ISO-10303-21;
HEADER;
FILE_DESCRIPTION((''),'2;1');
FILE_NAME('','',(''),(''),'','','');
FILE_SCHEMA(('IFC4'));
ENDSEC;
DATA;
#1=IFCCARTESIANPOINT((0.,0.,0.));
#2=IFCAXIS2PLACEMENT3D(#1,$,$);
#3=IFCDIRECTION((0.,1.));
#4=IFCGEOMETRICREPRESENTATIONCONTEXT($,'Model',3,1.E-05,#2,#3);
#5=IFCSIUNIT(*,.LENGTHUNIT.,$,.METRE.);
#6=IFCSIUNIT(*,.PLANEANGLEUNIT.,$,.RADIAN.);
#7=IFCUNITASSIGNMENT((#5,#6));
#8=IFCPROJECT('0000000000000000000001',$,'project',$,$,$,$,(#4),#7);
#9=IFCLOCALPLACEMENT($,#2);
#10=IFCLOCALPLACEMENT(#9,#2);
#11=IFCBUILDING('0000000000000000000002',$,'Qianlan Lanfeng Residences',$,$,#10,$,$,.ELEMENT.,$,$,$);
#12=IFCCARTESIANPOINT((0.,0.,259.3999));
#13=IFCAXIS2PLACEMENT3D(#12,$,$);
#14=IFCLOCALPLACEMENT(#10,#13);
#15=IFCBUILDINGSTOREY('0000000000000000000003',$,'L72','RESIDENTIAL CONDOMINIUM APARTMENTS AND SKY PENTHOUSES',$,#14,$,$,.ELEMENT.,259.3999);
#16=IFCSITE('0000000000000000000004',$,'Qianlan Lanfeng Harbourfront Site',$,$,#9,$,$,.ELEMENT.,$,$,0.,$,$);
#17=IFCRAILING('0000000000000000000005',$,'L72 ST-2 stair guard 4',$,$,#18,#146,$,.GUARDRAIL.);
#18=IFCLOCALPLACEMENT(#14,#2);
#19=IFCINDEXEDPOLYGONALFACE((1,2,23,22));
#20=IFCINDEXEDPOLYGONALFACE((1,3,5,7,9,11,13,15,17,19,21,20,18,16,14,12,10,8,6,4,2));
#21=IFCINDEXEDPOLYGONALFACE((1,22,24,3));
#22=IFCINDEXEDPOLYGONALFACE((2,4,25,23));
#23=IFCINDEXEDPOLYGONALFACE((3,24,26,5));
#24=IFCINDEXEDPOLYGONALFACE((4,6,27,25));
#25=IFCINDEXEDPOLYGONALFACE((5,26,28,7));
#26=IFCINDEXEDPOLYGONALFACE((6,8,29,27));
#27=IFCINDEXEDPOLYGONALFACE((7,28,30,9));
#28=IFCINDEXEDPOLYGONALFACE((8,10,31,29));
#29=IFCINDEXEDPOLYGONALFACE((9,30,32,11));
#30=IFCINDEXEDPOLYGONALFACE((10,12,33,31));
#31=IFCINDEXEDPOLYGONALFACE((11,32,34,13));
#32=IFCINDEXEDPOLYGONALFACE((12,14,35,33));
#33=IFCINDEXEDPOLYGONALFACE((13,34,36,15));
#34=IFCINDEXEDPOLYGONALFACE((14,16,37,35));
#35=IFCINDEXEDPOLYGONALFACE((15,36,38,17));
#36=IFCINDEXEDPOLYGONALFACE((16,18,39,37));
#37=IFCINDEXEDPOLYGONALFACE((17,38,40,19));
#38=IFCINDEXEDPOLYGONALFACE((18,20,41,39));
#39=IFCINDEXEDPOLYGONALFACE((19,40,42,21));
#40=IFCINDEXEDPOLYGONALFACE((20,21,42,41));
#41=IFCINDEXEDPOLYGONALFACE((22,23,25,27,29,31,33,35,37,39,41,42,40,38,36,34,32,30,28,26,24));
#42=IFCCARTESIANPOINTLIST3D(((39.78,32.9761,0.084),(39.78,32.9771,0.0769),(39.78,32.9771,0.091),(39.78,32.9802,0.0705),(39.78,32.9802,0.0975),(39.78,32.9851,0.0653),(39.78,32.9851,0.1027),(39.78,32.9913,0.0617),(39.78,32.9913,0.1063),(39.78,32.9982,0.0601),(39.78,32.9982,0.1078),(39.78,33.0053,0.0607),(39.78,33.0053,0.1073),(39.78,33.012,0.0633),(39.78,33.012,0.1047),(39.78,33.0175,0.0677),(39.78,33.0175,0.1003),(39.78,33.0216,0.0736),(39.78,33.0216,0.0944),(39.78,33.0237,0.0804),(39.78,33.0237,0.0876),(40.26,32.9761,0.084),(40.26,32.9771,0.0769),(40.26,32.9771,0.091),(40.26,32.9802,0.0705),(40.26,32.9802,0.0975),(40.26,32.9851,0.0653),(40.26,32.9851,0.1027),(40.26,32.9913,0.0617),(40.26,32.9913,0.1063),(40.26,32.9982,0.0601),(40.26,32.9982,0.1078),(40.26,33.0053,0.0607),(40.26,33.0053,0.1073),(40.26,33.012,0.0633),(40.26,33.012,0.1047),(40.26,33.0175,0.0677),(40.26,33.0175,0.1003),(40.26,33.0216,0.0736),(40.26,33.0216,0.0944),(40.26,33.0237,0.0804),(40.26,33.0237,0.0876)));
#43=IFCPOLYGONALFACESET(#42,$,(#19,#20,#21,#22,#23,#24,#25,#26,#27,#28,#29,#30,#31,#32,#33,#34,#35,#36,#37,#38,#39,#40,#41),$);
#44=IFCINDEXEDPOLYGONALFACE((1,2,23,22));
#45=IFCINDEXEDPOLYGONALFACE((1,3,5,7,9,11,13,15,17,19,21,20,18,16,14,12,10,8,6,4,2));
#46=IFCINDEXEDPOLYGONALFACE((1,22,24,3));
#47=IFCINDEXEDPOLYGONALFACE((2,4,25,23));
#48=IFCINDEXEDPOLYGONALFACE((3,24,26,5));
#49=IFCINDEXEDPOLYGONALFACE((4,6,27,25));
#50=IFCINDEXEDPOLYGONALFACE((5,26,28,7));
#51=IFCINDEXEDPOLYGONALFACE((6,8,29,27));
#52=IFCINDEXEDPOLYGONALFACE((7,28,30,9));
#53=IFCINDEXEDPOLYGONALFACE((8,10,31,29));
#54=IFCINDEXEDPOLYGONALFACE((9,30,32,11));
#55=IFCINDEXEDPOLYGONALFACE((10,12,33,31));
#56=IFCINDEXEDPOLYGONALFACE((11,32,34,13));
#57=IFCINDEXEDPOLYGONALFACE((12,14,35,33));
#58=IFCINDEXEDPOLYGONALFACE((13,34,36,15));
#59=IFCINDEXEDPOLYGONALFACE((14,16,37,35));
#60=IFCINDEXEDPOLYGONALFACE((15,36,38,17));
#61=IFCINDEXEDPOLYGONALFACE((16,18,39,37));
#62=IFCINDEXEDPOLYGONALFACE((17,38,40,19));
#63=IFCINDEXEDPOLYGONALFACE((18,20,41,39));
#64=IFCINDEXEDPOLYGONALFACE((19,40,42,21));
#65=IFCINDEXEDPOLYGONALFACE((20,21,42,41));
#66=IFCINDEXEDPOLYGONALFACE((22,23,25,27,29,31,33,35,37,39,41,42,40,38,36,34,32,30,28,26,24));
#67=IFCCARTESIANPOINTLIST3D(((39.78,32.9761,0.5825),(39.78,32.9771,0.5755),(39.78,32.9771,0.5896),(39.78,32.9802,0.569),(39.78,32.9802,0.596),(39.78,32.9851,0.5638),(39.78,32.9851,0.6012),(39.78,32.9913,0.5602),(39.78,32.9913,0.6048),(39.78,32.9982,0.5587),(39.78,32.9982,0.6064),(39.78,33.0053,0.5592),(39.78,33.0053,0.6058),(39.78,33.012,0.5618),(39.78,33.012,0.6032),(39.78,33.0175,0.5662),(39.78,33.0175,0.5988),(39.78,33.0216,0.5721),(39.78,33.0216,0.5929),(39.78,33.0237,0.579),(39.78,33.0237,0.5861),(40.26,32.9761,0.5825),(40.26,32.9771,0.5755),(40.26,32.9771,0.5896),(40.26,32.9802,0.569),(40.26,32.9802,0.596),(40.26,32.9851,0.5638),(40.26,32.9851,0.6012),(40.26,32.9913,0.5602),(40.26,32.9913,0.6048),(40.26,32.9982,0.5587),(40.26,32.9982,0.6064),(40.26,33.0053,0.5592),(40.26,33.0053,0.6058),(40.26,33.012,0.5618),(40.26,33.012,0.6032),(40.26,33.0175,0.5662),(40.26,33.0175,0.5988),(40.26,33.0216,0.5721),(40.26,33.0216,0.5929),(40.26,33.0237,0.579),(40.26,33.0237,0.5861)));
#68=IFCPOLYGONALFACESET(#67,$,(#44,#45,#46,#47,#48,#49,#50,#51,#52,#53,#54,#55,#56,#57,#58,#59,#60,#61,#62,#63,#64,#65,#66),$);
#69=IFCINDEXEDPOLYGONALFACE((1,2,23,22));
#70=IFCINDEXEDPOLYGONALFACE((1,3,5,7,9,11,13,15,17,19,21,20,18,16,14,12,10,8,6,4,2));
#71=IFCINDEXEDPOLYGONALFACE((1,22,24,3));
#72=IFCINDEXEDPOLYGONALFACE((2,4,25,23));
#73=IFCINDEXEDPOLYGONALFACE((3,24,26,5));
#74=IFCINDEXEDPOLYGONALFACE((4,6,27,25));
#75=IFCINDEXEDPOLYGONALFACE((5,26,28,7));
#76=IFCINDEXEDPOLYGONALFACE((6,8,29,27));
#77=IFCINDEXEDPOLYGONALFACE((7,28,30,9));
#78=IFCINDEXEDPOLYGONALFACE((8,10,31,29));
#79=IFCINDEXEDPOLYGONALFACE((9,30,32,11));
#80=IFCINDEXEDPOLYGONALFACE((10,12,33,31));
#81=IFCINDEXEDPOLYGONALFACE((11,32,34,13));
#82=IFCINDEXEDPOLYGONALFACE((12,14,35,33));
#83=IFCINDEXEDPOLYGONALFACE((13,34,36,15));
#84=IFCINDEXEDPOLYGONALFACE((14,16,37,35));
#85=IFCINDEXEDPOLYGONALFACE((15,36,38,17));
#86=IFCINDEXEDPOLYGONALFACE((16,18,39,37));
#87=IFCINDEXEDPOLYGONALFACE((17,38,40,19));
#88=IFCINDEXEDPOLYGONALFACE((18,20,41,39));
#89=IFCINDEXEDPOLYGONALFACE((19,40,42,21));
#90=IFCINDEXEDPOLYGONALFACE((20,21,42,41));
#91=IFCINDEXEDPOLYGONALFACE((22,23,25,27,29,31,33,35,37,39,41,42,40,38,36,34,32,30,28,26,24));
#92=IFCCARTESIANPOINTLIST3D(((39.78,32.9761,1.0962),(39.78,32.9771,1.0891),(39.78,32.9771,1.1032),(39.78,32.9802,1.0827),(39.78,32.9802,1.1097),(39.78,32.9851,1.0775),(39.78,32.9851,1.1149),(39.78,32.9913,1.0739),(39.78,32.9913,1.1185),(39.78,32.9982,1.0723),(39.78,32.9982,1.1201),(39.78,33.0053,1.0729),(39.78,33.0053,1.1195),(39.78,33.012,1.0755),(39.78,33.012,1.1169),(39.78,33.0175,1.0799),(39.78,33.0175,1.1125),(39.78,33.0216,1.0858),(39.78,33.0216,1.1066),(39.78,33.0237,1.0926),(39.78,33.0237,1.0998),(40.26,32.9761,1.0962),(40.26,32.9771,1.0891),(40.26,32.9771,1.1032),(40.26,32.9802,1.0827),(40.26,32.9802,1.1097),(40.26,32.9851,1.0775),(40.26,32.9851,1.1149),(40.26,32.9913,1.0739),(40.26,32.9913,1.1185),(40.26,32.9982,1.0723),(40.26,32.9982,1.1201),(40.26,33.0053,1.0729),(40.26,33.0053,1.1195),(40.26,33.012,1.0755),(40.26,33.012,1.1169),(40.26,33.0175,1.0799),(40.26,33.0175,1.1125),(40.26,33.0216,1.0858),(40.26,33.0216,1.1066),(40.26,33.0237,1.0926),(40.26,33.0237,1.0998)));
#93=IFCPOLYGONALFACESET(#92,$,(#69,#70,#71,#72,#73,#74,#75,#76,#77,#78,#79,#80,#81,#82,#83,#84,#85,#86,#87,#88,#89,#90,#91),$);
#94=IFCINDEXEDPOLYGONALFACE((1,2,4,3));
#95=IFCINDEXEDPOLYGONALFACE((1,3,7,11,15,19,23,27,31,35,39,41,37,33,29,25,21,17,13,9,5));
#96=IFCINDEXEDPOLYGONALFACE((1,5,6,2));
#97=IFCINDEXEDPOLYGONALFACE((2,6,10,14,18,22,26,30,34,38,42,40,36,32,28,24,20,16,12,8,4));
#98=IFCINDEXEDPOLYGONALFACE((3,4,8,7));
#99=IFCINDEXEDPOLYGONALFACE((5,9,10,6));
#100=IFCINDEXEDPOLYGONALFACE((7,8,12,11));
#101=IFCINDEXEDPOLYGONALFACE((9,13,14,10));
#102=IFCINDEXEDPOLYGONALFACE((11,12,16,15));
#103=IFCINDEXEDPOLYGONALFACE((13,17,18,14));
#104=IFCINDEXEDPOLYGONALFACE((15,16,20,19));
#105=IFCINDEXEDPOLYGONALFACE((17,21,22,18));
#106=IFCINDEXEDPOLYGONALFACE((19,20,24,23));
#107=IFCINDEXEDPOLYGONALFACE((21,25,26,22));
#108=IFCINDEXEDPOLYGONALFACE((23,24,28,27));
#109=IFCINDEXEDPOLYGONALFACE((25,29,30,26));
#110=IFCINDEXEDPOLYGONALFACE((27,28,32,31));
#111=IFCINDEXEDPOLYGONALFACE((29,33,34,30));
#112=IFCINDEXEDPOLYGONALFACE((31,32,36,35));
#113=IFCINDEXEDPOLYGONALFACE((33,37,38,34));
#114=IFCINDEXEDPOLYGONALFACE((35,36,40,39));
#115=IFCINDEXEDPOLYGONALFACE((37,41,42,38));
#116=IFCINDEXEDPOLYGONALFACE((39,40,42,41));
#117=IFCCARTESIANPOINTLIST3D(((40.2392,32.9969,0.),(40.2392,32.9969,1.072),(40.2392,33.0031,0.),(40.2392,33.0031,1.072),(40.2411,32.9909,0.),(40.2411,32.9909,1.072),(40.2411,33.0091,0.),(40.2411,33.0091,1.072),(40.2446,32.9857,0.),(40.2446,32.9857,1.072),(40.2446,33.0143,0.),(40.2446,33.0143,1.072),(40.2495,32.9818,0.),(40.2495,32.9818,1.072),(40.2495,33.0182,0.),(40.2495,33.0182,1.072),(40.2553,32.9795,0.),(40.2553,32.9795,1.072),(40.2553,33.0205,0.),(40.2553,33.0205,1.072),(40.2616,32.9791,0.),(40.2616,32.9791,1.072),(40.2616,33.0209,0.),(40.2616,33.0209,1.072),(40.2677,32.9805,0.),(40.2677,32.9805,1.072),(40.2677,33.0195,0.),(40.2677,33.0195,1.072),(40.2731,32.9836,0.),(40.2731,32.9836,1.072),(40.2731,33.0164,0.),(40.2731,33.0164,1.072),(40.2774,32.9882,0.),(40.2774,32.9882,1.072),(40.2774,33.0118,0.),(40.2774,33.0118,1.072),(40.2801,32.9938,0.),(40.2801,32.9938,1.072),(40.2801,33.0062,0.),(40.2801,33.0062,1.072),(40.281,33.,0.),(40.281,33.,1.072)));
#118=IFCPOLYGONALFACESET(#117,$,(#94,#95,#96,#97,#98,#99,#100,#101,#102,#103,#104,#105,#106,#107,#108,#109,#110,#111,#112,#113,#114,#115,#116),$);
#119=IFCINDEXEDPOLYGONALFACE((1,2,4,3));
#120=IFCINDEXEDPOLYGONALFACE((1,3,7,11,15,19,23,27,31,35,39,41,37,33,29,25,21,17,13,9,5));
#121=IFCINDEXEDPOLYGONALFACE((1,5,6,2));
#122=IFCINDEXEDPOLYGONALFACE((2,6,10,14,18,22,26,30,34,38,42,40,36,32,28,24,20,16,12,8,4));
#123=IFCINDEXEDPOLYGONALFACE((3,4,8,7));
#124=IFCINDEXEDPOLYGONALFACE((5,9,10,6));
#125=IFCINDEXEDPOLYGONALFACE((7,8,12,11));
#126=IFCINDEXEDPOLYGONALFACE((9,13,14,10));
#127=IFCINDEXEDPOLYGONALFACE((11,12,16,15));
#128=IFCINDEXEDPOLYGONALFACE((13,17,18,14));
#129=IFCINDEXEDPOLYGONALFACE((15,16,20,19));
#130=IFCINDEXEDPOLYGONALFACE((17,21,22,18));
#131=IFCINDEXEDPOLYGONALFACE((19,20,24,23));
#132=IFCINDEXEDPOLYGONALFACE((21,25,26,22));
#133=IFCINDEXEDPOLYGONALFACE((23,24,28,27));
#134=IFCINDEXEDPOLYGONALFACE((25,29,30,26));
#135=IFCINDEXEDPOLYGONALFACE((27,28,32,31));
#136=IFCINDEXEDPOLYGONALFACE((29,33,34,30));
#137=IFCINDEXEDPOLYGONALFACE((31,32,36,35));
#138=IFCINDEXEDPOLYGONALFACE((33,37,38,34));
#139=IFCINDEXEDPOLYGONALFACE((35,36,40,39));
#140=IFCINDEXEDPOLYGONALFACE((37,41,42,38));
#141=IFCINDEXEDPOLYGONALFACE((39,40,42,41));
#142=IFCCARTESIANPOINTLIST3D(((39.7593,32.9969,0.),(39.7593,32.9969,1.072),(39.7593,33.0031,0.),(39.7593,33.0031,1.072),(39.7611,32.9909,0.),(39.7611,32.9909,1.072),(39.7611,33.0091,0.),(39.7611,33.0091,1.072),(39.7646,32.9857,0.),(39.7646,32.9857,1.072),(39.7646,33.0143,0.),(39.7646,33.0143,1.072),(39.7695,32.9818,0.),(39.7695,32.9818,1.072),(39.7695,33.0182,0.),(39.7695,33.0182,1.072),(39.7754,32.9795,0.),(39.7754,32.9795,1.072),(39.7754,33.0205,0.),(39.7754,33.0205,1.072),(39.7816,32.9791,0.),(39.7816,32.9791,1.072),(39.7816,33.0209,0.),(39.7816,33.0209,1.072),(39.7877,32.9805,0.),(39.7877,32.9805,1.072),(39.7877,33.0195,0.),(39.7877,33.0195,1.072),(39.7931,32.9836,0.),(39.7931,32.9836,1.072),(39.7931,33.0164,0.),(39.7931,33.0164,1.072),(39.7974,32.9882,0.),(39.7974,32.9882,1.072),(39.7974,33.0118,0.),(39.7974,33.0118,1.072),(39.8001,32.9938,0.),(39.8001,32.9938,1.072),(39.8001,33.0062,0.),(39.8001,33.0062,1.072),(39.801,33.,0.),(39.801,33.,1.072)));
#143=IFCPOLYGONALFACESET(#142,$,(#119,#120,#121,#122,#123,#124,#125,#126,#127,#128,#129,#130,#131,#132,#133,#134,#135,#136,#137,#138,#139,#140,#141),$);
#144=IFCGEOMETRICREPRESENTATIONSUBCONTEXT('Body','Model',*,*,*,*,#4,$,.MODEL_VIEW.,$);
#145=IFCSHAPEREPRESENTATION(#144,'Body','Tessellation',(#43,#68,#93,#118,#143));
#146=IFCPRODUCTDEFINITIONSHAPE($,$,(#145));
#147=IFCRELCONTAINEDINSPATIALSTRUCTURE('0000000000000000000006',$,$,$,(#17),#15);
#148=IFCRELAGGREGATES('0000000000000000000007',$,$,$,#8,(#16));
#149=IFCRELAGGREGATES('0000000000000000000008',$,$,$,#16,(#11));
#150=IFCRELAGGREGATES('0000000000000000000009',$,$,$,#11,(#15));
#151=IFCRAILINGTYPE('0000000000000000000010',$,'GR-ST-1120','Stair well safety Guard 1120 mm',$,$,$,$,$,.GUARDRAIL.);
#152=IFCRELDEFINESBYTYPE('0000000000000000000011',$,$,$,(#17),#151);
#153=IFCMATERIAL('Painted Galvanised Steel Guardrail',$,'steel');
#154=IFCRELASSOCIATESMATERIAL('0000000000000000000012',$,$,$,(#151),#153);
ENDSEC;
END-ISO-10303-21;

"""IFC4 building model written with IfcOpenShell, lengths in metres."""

from ifc_helpers import new_model, si_unit, direction, frame, origin, origin_2d, place, context, subcontext, project, spatial, circle, extrude, material, type_object, element, save


model = new_model("IFC4")

# Units and contexts
model_context = context("Model", 3, precision=1e-05, world=origin(), true_north=direction((0.0, 1.0)))
body_context = subcontext(model_context, "Body", "Model", "MODEL_VIEW")
ifc_project = project(units=[si_unit("LENGTHUNIT", "METRE"), si_unit("PLANEANGLEUNIT", "RADIAN")], contexts=[model_context])

# Site, building, storey
site_placement = place(None, origin())
site = spatial("IfcSite", under=ifc_project, at=site_placement, Name="Qianlan Lanfeng Harbourfront Site", CompositionType="ELEMENT", RefElevation=0.0)
building_placement = place(site_placement, origin())
building = spatial("IfcBuilding", under=site, at=building_placement, Name="Qianlan Lanfeng Residences", CompositionType="ELEMENT")
storey_placement = place(building_placement, frame((0.0, 0.0, 259.3999)))
storey = spatial("IfcBuildingStorey", under=building, at=storey_placement, Name="L72", Description="RESIDENTIAL CONDOMINIUM APARTMENTS AND SKY PENTHOUSES", CompositionType="ELEMENT", Elevation=259.3999)

# Railing
ifc_material_1 = material(Name="Painted Galvanised Steel Guardrail", Category="steel")
railing_type_1 = type_object("IfcRailingType", Name="GR-ST-1120", Description="Stair well safety Guard 1120 mm", PredefinedType="GUARDRAIL", material=ifc_material_1)
railing_1_placement = place(storey_placement, frame((40.26, 33.0, 0.0)))
element("IfcRailing", 1, at=railing_1_placement, inside=storey, type_object=railing_type_1, Name="L72 ST-2 stair guard 4", PredefinedType="GUARDRAIL", context=body_context, shape_type="SweptSolid", body=[
    extrude(circle(Radius=0.0239, at=origin_2d()), frame((0.0, 0.0, 0.084), z_axis=(-1.0, 0.0, 0.0), x_axis=(0.0, -1.0, 0.0)), (0.0, 0.0, 1.0), 0.48),
    extrude(circle(Radius=0.0239, at=origin_2d()), frame((0.0, 0.0, 0.5825), z_axis=(-1.0, 0.0, 0.0), x_axis=(0.0, -1.0, 0.0)), (0.0, 0.0, 1.0), 0.48),
    extrude(circle(Radius=0.0239, at=origin_2d()), frame((0.0, 0.0, 1.0962), z_axis=(-1.0, 0.0, 0.0), x_axis=(0.0, -1.0, 0.0)), (0.0, 0.0, 1.0), 0.48),
    extrude(circle(Radius=0.021, at=origin_2d()), origin(), (0.0, 0.0, 1.0), 1.072),
    extrude(circle(Radius=0.021, at=origin_2d()), frame((-0.48, 0.0, 0.0)), (0.0, 0.0, 1.0), 1.072),
])

save(model, "model.ifc")
